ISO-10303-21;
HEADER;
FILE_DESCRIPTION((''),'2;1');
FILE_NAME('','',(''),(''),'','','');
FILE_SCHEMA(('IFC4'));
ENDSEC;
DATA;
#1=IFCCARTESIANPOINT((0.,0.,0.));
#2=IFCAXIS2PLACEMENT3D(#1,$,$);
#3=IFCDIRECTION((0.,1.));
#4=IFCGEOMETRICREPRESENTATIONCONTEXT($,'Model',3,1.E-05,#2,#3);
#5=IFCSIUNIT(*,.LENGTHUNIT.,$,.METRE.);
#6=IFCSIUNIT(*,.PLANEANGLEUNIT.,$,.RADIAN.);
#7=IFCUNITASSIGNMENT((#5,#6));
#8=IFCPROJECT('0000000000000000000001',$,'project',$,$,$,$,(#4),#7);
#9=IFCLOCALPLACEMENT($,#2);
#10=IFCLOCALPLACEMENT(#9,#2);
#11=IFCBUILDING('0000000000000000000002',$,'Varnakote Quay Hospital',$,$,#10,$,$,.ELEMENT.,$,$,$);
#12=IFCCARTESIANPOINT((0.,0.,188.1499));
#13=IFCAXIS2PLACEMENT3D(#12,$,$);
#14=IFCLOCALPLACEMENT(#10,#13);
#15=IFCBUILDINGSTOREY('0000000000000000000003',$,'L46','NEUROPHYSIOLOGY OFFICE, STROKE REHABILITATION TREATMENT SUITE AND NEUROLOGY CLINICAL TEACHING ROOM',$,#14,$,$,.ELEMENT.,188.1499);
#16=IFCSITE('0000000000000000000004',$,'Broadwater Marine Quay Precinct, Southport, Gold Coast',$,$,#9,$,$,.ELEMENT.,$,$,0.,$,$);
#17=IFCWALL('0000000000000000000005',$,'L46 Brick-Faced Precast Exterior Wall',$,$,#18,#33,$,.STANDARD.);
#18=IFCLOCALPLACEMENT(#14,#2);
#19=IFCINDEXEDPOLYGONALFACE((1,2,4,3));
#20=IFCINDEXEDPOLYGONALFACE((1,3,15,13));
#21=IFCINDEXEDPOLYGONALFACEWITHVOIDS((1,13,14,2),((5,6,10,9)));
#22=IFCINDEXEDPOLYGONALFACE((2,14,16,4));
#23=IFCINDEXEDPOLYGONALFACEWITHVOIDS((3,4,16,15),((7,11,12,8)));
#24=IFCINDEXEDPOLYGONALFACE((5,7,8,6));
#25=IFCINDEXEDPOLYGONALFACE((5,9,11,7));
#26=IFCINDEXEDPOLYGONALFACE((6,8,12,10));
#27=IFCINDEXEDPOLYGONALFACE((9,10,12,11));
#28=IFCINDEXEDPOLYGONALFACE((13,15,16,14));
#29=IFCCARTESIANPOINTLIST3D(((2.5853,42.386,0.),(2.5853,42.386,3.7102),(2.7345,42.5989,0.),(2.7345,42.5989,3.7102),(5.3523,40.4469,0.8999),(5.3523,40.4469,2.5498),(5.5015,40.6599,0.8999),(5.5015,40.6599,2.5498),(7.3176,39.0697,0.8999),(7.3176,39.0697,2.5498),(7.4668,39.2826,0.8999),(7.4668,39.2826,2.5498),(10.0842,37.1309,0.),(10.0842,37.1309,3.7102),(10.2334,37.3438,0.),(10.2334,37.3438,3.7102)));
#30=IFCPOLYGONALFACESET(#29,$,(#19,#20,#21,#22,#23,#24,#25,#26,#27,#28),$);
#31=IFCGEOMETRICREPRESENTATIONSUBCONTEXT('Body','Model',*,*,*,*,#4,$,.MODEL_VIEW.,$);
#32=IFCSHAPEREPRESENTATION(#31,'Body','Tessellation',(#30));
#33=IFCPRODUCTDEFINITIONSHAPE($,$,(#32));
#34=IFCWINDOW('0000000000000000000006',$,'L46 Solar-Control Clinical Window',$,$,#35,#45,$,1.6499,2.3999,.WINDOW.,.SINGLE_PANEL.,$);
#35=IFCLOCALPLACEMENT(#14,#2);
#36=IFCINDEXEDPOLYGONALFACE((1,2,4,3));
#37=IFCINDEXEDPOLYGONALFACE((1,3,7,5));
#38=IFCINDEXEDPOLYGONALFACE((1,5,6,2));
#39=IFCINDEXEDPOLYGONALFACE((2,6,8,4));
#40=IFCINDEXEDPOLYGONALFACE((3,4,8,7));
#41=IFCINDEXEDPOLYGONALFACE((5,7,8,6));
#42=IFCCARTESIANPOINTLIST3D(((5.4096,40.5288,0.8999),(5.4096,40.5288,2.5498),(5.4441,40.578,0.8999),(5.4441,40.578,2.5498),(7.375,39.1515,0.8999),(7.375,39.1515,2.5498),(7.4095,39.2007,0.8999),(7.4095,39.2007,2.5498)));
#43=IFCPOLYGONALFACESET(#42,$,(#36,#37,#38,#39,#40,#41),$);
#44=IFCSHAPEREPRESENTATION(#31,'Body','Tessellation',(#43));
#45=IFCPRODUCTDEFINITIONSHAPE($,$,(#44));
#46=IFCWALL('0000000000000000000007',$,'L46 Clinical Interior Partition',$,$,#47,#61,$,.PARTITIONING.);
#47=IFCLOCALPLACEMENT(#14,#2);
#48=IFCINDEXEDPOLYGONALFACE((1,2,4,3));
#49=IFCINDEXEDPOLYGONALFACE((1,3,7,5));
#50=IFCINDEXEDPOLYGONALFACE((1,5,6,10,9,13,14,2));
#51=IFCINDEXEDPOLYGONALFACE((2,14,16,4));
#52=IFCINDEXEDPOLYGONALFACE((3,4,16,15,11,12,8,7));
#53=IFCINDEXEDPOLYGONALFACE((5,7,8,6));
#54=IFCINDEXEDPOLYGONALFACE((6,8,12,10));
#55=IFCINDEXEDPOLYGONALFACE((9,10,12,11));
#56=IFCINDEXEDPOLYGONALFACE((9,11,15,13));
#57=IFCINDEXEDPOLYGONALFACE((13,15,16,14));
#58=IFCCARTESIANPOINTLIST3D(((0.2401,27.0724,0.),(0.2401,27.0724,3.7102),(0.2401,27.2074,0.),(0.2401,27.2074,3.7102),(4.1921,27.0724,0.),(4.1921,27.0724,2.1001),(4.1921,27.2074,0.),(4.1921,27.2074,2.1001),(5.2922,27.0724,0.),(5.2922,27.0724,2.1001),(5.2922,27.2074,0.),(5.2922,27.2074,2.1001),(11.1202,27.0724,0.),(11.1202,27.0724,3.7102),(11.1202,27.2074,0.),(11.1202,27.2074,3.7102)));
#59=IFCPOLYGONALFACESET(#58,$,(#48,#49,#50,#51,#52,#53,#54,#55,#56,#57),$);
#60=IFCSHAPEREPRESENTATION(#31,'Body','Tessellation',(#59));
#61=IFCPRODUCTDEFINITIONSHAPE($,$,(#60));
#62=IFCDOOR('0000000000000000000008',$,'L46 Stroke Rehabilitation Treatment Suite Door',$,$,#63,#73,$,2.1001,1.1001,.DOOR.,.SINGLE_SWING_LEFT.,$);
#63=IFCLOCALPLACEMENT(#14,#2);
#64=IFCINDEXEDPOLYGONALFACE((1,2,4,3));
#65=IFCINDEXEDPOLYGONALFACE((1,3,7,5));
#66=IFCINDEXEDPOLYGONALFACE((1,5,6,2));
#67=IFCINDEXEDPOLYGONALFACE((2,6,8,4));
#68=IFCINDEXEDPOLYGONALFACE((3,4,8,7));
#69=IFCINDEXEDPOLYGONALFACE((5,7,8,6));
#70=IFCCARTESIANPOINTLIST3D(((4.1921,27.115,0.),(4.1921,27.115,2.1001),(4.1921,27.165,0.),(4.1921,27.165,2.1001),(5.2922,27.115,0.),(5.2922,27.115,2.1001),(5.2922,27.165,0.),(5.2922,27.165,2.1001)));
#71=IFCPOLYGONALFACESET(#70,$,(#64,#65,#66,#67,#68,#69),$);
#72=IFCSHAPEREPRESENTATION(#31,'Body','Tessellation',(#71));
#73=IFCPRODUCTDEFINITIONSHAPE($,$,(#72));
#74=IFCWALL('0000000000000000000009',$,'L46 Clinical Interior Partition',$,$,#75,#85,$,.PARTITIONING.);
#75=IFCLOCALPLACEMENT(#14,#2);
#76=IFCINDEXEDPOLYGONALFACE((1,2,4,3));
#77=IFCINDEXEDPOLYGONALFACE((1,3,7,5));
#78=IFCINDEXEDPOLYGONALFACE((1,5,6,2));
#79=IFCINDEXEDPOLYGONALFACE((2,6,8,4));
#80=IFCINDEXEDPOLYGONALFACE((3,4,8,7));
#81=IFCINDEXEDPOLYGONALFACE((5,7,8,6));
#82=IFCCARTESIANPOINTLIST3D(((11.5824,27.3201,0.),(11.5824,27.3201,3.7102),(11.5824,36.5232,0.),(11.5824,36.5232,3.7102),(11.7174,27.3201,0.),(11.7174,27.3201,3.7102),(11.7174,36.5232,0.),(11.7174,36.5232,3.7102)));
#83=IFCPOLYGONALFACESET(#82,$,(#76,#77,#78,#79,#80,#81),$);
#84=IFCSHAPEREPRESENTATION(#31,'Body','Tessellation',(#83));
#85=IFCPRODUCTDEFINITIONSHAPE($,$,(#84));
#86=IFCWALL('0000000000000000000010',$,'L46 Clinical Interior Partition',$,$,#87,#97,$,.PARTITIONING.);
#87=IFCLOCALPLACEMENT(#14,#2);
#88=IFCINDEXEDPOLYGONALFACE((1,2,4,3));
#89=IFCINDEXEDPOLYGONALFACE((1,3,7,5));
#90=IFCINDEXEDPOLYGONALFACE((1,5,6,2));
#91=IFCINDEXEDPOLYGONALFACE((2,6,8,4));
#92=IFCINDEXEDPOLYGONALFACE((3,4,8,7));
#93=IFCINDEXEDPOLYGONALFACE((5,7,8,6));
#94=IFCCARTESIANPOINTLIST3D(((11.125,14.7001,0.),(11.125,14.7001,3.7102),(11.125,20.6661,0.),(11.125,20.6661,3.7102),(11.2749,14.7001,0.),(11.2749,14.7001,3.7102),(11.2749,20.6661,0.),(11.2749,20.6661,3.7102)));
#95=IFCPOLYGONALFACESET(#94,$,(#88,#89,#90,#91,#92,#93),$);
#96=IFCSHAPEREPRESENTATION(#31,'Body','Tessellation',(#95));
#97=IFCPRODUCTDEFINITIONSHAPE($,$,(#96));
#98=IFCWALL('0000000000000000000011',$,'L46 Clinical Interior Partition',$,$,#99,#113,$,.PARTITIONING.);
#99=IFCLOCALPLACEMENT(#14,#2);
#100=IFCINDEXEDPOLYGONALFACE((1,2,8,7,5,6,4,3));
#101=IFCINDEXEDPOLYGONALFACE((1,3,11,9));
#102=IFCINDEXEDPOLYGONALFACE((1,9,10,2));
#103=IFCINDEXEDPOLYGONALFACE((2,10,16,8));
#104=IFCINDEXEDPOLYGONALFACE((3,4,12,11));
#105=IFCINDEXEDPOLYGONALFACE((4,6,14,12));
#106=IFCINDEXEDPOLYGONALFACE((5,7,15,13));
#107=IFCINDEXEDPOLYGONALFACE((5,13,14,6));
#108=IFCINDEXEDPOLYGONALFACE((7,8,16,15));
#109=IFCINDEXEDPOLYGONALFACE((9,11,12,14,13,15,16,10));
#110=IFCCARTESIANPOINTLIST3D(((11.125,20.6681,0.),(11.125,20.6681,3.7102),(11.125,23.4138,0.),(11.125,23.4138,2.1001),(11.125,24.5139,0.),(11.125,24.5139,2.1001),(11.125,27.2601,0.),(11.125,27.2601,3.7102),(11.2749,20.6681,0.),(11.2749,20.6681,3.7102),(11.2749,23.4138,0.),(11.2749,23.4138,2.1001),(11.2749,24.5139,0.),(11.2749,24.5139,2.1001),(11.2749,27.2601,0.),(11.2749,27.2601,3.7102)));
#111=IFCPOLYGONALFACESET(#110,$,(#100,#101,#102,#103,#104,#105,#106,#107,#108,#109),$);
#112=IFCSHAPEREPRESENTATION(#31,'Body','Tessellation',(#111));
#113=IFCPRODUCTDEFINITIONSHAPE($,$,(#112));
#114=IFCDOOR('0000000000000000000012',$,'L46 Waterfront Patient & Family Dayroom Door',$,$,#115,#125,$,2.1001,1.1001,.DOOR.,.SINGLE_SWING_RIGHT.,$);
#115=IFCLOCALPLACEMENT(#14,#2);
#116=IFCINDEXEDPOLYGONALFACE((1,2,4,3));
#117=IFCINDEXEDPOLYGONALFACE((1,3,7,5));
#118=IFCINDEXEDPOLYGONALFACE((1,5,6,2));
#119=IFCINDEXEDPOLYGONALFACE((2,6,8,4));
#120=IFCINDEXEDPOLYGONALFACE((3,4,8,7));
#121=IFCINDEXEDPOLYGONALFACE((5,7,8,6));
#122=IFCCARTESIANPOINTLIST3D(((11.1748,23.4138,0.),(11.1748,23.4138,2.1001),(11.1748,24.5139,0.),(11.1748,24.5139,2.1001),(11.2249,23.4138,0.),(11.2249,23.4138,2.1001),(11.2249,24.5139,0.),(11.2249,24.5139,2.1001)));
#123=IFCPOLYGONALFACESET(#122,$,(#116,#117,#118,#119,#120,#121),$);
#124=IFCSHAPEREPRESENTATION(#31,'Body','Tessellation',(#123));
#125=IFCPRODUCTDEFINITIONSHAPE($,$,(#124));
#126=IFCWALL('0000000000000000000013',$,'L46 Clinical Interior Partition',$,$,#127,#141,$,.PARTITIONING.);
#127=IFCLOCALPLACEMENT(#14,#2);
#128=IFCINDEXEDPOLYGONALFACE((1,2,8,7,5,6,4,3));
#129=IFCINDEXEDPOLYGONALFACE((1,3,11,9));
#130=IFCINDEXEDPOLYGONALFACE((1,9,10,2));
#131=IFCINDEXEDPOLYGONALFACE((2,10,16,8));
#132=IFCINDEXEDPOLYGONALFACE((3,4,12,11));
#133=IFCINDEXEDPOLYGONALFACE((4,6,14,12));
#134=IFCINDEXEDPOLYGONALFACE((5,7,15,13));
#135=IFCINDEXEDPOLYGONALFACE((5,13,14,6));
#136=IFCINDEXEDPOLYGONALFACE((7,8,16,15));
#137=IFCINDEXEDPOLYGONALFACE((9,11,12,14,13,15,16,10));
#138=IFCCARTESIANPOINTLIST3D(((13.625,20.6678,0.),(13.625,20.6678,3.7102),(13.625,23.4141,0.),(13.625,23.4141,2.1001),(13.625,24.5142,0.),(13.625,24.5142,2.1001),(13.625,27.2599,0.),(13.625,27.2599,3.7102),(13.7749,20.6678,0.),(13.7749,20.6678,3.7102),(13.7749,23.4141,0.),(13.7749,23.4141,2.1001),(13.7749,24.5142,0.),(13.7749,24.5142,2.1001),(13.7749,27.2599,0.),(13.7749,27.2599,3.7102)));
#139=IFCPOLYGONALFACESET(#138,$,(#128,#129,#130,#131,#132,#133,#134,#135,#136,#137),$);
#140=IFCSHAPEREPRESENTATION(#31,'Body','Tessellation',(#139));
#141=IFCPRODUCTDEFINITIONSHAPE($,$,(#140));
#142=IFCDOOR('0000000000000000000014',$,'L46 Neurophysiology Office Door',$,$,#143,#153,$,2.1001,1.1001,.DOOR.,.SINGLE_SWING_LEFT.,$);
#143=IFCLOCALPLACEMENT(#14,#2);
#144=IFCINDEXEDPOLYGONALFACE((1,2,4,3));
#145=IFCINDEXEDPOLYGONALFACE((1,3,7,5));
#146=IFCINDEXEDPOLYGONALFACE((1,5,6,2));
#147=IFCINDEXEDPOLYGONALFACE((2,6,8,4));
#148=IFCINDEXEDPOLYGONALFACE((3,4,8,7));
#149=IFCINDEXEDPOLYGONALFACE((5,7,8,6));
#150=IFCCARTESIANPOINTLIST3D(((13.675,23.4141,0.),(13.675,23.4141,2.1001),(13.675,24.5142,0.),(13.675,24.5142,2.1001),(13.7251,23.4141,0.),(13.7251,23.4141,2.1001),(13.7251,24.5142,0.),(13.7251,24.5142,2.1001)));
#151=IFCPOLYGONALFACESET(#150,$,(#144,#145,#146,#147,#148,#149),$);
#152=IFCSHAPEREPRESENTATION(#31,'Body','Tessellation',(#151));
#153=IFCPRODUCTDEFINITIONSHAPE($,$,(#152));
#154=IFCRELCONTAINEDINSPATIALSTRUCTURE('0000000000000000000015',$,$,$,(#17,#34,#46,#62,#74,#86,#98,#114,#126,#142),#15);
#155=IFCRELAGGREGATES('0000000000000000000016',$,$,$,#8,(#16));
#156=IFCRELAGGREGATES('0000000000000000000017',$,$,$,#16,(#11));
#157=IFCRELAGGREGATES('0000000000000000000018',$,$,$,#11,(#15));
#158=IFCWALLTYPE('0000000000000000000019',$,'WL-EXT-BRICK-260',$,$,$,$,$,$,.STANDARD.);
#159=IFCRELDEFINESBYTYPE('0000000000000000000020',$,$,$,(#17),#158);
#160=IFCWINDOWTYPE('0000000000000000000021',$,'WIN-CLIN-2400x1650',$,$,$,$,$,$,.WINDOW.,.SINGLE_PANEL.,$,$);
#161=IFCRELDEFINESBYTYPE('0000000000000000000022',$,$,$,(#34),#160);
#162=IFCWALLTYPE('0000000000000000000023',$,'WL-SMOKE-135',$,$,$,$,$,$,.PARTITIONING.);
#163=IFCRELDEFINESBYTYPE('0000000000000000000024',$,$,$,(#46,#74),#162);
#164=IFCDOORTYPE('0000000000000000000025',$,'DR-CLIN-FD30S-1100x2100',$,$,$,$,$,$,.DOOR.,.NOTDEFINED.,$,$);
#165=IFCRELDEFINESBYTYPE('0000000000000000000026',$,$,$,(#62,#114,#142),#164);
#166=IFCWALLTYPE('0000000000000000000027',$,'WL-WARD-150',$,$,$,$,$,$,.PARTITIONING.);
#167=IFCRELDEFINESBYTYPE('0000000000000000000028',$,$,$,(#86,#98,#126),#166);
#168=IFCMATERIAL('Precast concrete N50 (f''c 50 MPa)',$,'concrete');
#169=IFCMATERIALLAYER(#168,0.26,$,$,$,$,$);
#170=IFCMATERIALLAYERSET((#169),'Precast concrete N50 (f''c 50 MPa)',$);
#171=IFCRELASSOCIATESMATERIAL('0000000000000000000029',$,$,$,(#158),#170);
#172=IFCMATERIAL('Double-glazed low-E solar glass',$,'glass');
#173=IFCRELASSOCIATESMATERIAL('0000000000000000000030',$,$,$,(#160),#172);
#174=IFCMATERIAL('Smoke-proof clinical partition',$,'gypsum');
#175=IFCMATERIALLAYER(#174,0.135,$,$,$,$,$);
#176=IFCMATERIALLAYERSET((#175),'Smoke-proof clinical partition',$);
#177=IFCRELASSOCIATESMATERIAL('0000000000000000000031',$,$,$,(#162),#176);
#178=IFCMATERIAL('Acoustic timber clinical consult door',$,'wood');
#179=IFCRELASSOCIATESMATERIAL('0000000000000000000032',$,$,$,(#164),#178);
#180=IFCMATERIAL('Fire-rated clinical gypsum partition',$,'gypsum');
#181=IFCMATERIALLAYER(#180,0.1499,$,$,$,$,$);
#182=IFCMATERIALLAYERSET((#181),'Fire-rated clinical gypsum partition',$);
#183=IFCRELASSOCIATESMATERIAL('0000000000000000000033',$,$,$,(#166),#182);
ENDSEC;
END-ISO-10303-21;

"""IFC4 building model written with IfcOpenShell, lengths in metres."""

from ifc_helpers import new_model, si_unit, direction, frame, frame_2d, origin, place, context, subcontext, project, spatial, rectangle, extrude, material, layer, layer_set, type_object, element, fill, save


model = new_model("IFC4")

# Units and contexts
model_context = context("Model", 3, precision=1e-05, world=origin(), true_north=direction((0.0, 1.0)))
body_context = subcontext(model_context, "Body", "Model", "MODEL_VIEW")
ifc_project = project(units=[si_unit("LENGTHUNIT", "METRE"), si_unit("PLANEANGLEUNIT", "RADIAN")], contexts=[model_context])

# Site, building, storey
site_placement = place(None, origin())
site = spatial("IfcSite", under=ifc_project, at=site_placement, Name="Broadwater Marine Quay Precinct, Southport, Gold Coast", CompositionType="ELEMENT", RefElevation=0.0)
building_placement = place(site_placement, origin())
building = spatial("IfcBuilding", under=site, at=building_placement, Name="Varnakote Quay Hospital", CompositionType="ELEMENT")
storey_placement = place(building_placement, frame((0.0, 0.0, 188.1499)))
storey = spatial("IfcBuildingStorey", under=building, at=storey_placement, Name="L46", Description="NEUROPHYSIOLOGY OFFICE, STROKE REHABILITATION TREATMENT SUITE AND NEUROLOGY CLINICAL TEACHING ROOM", CompositionType="ELEMENT", Elevation=188.1499)

# Wall, opening, window
ifc_material_1 = material(Name="Precast concrete N50 (f'c 50 MPa)", Category="concrete")
ifc_layer_1 = layer(ifc_material_1, 0.26)
ifc_layer_set_1 = layer_set([ifc_layer_1], Name="Precast concrete N50 (f'c 50 MPa)")
wall_type_1 = type_object("IfcWallType", Name="WL-EXT-BRICK-260", PredefinedType="STANDARD", material=ifc_layer_set_1)
ifc_material_2 = material(Name="Double-glazed low-E solar glass", Category="glass")
window_type = type_object("IfcWindowType", Name="WIN-CLIN-2400x1650", PartitioningType="SINGLE_PANEL", PredefinedType="WINDOW", material=ifc_material_2)
wall_1_placement = place(storey_placement, frame((10.1589, 37.2373, 0.0), z_axis=(0.0, 0.0, 1.0), x_axis=(-0.818934, 0.573888, 0.0)))
wall_1 = element("IfcWall", 1, at=wall_1_placement, inside=storey, type_object=wall_type_1, Name="L46 Brick-Faced Precast Exterior Wall", PredefinedType="STANDARD", context=body_context, shape_type="SweptSolid", body=[
    extrude(rectangle(XDim=9.157, YDim=0.26, at=frame_2d((4.5786, 0.0))), origin(), (0.0, 0.0, 1.0), 3.7102),
])
opening_1_placement = place(wall_1_placement, frame((3.3784, 0.0, 0.8999)))
opening_1 = element("IfcOpeningElement", 2, at=opening_1_placement, cuts=wall_1, PredefinedType="OPENING", context=body_context, shape_type="SweptSolid", body=[
    extrude(rectangle(XDim=2.3999, YDim=1.6499, at=frame_2d((1.2, 0.825))), frame((0.0, 0.1399, 0.0), z_axis=(0.0, -1.0, 0.0), x_axis=(1.0, 0.0, 0.0)), (0.0, 0.0, 1.0), 0.28),
])
window_1_placement = place(opening_1_placement, origin())
window_1 = element("IfcWindow", 3, at=window_1_placement, inside=storey, type_object=window_type, Name="L46 Solar-Control Clinical Window", OverallHeight=1.6499, OverallWidth=2.3999, PartitioningType="SINGLE_PANEL", PredefinedType="WINDOW", context=body_context, shape_type="SweptSolid", body=[
    extrude(rectangle(XDim=2.3999, YDim=1.6499, at=frame_2d((1.2, 0.825))), frame((0.0, 0.03, 0.0), z_axis=(0.0, -1.0, 0.0), x_axis=(1.0, 0.0, 0.0)), (0.0, 0.0, 1.0), 0.0601),
])
fill(opening_1, window_1)

# Wall, opening, door
ifc_material_3 = material(Name="Smoke-proof clinical partition", Category="gypsum")
ifc_layer_2 = layer(ifc_material_3, 0.135)
ifc_layer_set_2 = layer_set([ifc_layer_2], Name="Smoke-proof clinical partition")
wall_type_2 = type_object("IfcWallType", Name="WL-SMOKE-135", PredefinedType="PARTITIONING", material=ifc_layer_set_2)
wall_2_placement = place(storey_placement, frame((11.1201, 27.1399, 0.0), z_axis=(0.0, 0.0, 1.0), x_axis=(-1.0, 0.0, 0.0)))
wall_2 = element("IfcWall", 4, at=wall_2_placement, inside=storey, type_object=wall_type_2, Name="L46 Clinical Interior Partition", PredefinedType="PARTITIONING", context=body_context, shape_type="SweptSolid", body=[
    extrude(rectangle(XDim=10.8801, YDim=0.135, at=frame_2d((5.4399, 0.0))), origin(), (0.0, 0.0, 1.0), 3.7102),
])
opening_2_placement = place(wall_2_placement, frame((5.8279, 0.0, 0.0)))
opening_2 = element("IfcOpeningElement", 5, at=opening_2_placement, cuts=wall_2, PredefinedType="OPENING", context=body_context, shape_type="SweptSolid", body=[
    extrude(rectangle(XDim=1.1001, YDim=2.1001, at=frame_2d((0.55, 1.05))), frame((0.0, 0.0774, 0.0), z_axis=(0.0, -1.0, 0.0), x_axis=(1.0, 0.0, 0.0)), (0.0, 0.0, 1.0), 0.155),
])
ifc_material_4 = material(Name="Acoustic timber clinical consult door", Category="wood")
door_type = type_object("IfcDoorType", Name="DR-CLIN-FD30S-1100x2100", OperationType="NOTDEFINED", PredefinedType="DOOR", material=ifc_material_4)
door_1_placement = place(opening_2_placement, origin())
door_1 = element("IfcDoor", 6, at=door_1_placement, inside=storey, type_object=door_type, Name="L46 Stroke Rehabilitation Treatment Suite Door", OperationType="SINGLE_SWING_LEFT", OverallHeight=2.1001, OverallWidth=1.1001, PredefinedType="DOOR", context=body_context, shape_type="SweptSolid", body=[
    extrude(rectangle(XDim=1.1001, YDim=2.1001, at=frame_2d((0.55, 1.05))), frame((0.0, 0.0249, 0.0), z_axis=(0.0, -1.0, 0.0), x_axis=(1.0, 0.0, 0.0)), (0.0, 0.0, 1.0), 0.05),
])
fill(opening_2, door_1)

# Walls
wall_3_placement = place(storey_placement, frame((11.6499, 27.3201, 0.0), z_axis=(0.0, 0.0, 1.0), x_axis=(0.0, 1.0, 0.0)))
element("IfcWall", 7, at=wall_3_placement, inside=storey, type_object=wall_type_2, Name="L46 Clinical Interior Partition", PredefinedType="PARTITIONING", context=body_context, shape_type="SweptSolid", body=[
    extrude(rectangle(XDim=9.2031, YDim=0.135, at=frame_2d((4.6016, 0.0))), origin(), (0.0, 0.0, 1.0), 3.7102),
])
ifc_material_5 = material(Name="Fire-rated clinical gypsum partition", Category="gypsum")
ifc_layer_3 = layer(ifc_material_5, 0.1499)
ifc_layer_set_3 = layer_set([ifc_layer_3], Name="Fire-rated clinical gypsum partition")
wall_type_3 = type_object("IfcWallType", Name="WL-WARD-150", PredefinedType="PARTITIONING", material=ifc_layer_set_3)
wall_4_placement = place(storey_placement, frame((11.2, 20.666, 0.0), z_axis=(0.0, 0.0, 1.0), x_axis=(0.0, -1.0, 0.0)))
element("IfcWall", 8, at=wall_4_placement, inside=storey, type_object=wall_type_3, Name="L46 Clinical Interior Partition", PredefinedType="PARTITIONING", context=body_context, shape_type="SweptSolid", body=[
    extrude(rectangle(XDim=5.9661, YDim=0.1499, at=frame_2d((2.9829, 0.0))), origin(), (0.0, 0.0, 1.0), 3.7102),
])

# Walls, openings, doors
wall_5_placement = place(storey_placement, frame((11.2, 27.26, 0.0), z_axis=(0.0, 0.0, 1.0), x_axis=(0.0, -1.0, 0.0)))
wall_5 = element("IfcWall", 9, at=wall_5_placement, inside=storey, type_object=wall_type_3, Name="L46 Clinical Interior Partition", PredefinedType="PARTITIONING", context=body_context, shape_type="SweptSolid", body=[
    extrude(rectangle(XDim=6.592, YDim=0.1499, at=frame_2d((3.2959, 0.0))), origin(), (0.0, 0.0, 1.0), 3.7102),
])
opening_3_placement = place(wall_5_placement, frame((2.7461, 0.0, 0.0)))
opening_3 = element("IfcOpeningElement", 10, at=opening_3_placement, cuts=wall_5, PredefinedType="OPENING", context=body_context, shape_type="SweptSolid", body=[
    extrude(rectangle(XDim=1.1001, YDim=2.1001, at=frame_2d((0.55, 1.05))), frame((0.0, 0.085, 0.0), z_axis=(0.0, -1.0, 0.0), x_axis=(1.0, 0.0, 0.0)), (0.0, 0.0, 1.0), 0.1699),
])
door_2_placement = place(opening_3_placement, origin())
door_2 = element("IfcDoor", 11, at=door_2_placement, inside=storey, type_object=door_type, Name="L46 Waterfront Patient & Family Dayroom Door", OperationType="SINGLE_SWING_RIGHT", OverallHeight=2.1001, OverallWidth=1.1001, PredefinedType="DOOR", context=body_context, shape_type="SweptSolid", body=[
    extrude(rectangle(XDim=1.1001, YDim=2.1001, at=frame_2d((0.55, 1.05))), frame((0.0, 0.0249, 0.0), z_axis=(0.0, -1.0, 0.0), x_axis=(1.0, 0.0, 0.0)), (0.0, 0.0, 1.0), 0.05),
])
fill(opening_3, door_2)
wall_6_placement = place(storey_placement, frame((13.7, 20.668, 0.0), z_axis=(0.0, 0.0, 1.0), x_axis=(0.0, 1.0, 0.0)))
wall_6 = element("IfcWall", 12, at=wall_6_placement, inside=storey, type_object=wall_type_3, Name="L46 Clinical Interior Partition", PredefinedType="PARTITIONING", context=body_context, shape_type="SweptSolid", body=[
    extrude(rectangle(XDim=6.592, YDim=0.1499, at=frame_2d((3.2959, 0.0))), origin(), (0.0, 0.0, 1.0), 3.7102),
])
opening_4_placement = place(wall_6_placement, frame((2.7461, 0.0, 0.0)))
opening_4 = element("IfcOpeningElement", 13, at=opening_4_placement, cuts=wall_6, PredefinedType="OPENING", context=body_context, shape_type="SweptSolid", body=[
    extrude(rectangle(XDim=1.1001, YDim=2.1001, at=frame_2d((0.55, 1.05))), frame((0.0, 0.085, 0.0), z_axis=(0.0, -1.0, 0.0), x_axis=(1.0, 0.0, 0.0)), (0.0, 0.0, 1.0), 0.1699),
])
door_3_placement = place(opening_4_placement, origin())
door_3 = element("IfcDoor", 14, at=door_3_placement, inside=storey, type_object=door_type, Name="L46 Neurophysiology Office Door", OperationType="SINGLE_SWING_LEFT", OverallHeight=2.1001, OverallWidth=1.1001, PredefinedType="DOOR", context=body_context, shape_type="SweptSolid", body=[
    extrude(rectangle(XDim=1.1001, YDim=2.1001, at=frame_2d((0.55, 1.05))), frame((0.0, 0.0249, 0.0), z_axis=(0.0, -1.0, 0.0), x_axis=(1.0, 0.0, 0.0)), (0.0, 0.0, 1.0), 0.05),
])
fill(opening_4, door_3)

save(model, "model.ifc")
